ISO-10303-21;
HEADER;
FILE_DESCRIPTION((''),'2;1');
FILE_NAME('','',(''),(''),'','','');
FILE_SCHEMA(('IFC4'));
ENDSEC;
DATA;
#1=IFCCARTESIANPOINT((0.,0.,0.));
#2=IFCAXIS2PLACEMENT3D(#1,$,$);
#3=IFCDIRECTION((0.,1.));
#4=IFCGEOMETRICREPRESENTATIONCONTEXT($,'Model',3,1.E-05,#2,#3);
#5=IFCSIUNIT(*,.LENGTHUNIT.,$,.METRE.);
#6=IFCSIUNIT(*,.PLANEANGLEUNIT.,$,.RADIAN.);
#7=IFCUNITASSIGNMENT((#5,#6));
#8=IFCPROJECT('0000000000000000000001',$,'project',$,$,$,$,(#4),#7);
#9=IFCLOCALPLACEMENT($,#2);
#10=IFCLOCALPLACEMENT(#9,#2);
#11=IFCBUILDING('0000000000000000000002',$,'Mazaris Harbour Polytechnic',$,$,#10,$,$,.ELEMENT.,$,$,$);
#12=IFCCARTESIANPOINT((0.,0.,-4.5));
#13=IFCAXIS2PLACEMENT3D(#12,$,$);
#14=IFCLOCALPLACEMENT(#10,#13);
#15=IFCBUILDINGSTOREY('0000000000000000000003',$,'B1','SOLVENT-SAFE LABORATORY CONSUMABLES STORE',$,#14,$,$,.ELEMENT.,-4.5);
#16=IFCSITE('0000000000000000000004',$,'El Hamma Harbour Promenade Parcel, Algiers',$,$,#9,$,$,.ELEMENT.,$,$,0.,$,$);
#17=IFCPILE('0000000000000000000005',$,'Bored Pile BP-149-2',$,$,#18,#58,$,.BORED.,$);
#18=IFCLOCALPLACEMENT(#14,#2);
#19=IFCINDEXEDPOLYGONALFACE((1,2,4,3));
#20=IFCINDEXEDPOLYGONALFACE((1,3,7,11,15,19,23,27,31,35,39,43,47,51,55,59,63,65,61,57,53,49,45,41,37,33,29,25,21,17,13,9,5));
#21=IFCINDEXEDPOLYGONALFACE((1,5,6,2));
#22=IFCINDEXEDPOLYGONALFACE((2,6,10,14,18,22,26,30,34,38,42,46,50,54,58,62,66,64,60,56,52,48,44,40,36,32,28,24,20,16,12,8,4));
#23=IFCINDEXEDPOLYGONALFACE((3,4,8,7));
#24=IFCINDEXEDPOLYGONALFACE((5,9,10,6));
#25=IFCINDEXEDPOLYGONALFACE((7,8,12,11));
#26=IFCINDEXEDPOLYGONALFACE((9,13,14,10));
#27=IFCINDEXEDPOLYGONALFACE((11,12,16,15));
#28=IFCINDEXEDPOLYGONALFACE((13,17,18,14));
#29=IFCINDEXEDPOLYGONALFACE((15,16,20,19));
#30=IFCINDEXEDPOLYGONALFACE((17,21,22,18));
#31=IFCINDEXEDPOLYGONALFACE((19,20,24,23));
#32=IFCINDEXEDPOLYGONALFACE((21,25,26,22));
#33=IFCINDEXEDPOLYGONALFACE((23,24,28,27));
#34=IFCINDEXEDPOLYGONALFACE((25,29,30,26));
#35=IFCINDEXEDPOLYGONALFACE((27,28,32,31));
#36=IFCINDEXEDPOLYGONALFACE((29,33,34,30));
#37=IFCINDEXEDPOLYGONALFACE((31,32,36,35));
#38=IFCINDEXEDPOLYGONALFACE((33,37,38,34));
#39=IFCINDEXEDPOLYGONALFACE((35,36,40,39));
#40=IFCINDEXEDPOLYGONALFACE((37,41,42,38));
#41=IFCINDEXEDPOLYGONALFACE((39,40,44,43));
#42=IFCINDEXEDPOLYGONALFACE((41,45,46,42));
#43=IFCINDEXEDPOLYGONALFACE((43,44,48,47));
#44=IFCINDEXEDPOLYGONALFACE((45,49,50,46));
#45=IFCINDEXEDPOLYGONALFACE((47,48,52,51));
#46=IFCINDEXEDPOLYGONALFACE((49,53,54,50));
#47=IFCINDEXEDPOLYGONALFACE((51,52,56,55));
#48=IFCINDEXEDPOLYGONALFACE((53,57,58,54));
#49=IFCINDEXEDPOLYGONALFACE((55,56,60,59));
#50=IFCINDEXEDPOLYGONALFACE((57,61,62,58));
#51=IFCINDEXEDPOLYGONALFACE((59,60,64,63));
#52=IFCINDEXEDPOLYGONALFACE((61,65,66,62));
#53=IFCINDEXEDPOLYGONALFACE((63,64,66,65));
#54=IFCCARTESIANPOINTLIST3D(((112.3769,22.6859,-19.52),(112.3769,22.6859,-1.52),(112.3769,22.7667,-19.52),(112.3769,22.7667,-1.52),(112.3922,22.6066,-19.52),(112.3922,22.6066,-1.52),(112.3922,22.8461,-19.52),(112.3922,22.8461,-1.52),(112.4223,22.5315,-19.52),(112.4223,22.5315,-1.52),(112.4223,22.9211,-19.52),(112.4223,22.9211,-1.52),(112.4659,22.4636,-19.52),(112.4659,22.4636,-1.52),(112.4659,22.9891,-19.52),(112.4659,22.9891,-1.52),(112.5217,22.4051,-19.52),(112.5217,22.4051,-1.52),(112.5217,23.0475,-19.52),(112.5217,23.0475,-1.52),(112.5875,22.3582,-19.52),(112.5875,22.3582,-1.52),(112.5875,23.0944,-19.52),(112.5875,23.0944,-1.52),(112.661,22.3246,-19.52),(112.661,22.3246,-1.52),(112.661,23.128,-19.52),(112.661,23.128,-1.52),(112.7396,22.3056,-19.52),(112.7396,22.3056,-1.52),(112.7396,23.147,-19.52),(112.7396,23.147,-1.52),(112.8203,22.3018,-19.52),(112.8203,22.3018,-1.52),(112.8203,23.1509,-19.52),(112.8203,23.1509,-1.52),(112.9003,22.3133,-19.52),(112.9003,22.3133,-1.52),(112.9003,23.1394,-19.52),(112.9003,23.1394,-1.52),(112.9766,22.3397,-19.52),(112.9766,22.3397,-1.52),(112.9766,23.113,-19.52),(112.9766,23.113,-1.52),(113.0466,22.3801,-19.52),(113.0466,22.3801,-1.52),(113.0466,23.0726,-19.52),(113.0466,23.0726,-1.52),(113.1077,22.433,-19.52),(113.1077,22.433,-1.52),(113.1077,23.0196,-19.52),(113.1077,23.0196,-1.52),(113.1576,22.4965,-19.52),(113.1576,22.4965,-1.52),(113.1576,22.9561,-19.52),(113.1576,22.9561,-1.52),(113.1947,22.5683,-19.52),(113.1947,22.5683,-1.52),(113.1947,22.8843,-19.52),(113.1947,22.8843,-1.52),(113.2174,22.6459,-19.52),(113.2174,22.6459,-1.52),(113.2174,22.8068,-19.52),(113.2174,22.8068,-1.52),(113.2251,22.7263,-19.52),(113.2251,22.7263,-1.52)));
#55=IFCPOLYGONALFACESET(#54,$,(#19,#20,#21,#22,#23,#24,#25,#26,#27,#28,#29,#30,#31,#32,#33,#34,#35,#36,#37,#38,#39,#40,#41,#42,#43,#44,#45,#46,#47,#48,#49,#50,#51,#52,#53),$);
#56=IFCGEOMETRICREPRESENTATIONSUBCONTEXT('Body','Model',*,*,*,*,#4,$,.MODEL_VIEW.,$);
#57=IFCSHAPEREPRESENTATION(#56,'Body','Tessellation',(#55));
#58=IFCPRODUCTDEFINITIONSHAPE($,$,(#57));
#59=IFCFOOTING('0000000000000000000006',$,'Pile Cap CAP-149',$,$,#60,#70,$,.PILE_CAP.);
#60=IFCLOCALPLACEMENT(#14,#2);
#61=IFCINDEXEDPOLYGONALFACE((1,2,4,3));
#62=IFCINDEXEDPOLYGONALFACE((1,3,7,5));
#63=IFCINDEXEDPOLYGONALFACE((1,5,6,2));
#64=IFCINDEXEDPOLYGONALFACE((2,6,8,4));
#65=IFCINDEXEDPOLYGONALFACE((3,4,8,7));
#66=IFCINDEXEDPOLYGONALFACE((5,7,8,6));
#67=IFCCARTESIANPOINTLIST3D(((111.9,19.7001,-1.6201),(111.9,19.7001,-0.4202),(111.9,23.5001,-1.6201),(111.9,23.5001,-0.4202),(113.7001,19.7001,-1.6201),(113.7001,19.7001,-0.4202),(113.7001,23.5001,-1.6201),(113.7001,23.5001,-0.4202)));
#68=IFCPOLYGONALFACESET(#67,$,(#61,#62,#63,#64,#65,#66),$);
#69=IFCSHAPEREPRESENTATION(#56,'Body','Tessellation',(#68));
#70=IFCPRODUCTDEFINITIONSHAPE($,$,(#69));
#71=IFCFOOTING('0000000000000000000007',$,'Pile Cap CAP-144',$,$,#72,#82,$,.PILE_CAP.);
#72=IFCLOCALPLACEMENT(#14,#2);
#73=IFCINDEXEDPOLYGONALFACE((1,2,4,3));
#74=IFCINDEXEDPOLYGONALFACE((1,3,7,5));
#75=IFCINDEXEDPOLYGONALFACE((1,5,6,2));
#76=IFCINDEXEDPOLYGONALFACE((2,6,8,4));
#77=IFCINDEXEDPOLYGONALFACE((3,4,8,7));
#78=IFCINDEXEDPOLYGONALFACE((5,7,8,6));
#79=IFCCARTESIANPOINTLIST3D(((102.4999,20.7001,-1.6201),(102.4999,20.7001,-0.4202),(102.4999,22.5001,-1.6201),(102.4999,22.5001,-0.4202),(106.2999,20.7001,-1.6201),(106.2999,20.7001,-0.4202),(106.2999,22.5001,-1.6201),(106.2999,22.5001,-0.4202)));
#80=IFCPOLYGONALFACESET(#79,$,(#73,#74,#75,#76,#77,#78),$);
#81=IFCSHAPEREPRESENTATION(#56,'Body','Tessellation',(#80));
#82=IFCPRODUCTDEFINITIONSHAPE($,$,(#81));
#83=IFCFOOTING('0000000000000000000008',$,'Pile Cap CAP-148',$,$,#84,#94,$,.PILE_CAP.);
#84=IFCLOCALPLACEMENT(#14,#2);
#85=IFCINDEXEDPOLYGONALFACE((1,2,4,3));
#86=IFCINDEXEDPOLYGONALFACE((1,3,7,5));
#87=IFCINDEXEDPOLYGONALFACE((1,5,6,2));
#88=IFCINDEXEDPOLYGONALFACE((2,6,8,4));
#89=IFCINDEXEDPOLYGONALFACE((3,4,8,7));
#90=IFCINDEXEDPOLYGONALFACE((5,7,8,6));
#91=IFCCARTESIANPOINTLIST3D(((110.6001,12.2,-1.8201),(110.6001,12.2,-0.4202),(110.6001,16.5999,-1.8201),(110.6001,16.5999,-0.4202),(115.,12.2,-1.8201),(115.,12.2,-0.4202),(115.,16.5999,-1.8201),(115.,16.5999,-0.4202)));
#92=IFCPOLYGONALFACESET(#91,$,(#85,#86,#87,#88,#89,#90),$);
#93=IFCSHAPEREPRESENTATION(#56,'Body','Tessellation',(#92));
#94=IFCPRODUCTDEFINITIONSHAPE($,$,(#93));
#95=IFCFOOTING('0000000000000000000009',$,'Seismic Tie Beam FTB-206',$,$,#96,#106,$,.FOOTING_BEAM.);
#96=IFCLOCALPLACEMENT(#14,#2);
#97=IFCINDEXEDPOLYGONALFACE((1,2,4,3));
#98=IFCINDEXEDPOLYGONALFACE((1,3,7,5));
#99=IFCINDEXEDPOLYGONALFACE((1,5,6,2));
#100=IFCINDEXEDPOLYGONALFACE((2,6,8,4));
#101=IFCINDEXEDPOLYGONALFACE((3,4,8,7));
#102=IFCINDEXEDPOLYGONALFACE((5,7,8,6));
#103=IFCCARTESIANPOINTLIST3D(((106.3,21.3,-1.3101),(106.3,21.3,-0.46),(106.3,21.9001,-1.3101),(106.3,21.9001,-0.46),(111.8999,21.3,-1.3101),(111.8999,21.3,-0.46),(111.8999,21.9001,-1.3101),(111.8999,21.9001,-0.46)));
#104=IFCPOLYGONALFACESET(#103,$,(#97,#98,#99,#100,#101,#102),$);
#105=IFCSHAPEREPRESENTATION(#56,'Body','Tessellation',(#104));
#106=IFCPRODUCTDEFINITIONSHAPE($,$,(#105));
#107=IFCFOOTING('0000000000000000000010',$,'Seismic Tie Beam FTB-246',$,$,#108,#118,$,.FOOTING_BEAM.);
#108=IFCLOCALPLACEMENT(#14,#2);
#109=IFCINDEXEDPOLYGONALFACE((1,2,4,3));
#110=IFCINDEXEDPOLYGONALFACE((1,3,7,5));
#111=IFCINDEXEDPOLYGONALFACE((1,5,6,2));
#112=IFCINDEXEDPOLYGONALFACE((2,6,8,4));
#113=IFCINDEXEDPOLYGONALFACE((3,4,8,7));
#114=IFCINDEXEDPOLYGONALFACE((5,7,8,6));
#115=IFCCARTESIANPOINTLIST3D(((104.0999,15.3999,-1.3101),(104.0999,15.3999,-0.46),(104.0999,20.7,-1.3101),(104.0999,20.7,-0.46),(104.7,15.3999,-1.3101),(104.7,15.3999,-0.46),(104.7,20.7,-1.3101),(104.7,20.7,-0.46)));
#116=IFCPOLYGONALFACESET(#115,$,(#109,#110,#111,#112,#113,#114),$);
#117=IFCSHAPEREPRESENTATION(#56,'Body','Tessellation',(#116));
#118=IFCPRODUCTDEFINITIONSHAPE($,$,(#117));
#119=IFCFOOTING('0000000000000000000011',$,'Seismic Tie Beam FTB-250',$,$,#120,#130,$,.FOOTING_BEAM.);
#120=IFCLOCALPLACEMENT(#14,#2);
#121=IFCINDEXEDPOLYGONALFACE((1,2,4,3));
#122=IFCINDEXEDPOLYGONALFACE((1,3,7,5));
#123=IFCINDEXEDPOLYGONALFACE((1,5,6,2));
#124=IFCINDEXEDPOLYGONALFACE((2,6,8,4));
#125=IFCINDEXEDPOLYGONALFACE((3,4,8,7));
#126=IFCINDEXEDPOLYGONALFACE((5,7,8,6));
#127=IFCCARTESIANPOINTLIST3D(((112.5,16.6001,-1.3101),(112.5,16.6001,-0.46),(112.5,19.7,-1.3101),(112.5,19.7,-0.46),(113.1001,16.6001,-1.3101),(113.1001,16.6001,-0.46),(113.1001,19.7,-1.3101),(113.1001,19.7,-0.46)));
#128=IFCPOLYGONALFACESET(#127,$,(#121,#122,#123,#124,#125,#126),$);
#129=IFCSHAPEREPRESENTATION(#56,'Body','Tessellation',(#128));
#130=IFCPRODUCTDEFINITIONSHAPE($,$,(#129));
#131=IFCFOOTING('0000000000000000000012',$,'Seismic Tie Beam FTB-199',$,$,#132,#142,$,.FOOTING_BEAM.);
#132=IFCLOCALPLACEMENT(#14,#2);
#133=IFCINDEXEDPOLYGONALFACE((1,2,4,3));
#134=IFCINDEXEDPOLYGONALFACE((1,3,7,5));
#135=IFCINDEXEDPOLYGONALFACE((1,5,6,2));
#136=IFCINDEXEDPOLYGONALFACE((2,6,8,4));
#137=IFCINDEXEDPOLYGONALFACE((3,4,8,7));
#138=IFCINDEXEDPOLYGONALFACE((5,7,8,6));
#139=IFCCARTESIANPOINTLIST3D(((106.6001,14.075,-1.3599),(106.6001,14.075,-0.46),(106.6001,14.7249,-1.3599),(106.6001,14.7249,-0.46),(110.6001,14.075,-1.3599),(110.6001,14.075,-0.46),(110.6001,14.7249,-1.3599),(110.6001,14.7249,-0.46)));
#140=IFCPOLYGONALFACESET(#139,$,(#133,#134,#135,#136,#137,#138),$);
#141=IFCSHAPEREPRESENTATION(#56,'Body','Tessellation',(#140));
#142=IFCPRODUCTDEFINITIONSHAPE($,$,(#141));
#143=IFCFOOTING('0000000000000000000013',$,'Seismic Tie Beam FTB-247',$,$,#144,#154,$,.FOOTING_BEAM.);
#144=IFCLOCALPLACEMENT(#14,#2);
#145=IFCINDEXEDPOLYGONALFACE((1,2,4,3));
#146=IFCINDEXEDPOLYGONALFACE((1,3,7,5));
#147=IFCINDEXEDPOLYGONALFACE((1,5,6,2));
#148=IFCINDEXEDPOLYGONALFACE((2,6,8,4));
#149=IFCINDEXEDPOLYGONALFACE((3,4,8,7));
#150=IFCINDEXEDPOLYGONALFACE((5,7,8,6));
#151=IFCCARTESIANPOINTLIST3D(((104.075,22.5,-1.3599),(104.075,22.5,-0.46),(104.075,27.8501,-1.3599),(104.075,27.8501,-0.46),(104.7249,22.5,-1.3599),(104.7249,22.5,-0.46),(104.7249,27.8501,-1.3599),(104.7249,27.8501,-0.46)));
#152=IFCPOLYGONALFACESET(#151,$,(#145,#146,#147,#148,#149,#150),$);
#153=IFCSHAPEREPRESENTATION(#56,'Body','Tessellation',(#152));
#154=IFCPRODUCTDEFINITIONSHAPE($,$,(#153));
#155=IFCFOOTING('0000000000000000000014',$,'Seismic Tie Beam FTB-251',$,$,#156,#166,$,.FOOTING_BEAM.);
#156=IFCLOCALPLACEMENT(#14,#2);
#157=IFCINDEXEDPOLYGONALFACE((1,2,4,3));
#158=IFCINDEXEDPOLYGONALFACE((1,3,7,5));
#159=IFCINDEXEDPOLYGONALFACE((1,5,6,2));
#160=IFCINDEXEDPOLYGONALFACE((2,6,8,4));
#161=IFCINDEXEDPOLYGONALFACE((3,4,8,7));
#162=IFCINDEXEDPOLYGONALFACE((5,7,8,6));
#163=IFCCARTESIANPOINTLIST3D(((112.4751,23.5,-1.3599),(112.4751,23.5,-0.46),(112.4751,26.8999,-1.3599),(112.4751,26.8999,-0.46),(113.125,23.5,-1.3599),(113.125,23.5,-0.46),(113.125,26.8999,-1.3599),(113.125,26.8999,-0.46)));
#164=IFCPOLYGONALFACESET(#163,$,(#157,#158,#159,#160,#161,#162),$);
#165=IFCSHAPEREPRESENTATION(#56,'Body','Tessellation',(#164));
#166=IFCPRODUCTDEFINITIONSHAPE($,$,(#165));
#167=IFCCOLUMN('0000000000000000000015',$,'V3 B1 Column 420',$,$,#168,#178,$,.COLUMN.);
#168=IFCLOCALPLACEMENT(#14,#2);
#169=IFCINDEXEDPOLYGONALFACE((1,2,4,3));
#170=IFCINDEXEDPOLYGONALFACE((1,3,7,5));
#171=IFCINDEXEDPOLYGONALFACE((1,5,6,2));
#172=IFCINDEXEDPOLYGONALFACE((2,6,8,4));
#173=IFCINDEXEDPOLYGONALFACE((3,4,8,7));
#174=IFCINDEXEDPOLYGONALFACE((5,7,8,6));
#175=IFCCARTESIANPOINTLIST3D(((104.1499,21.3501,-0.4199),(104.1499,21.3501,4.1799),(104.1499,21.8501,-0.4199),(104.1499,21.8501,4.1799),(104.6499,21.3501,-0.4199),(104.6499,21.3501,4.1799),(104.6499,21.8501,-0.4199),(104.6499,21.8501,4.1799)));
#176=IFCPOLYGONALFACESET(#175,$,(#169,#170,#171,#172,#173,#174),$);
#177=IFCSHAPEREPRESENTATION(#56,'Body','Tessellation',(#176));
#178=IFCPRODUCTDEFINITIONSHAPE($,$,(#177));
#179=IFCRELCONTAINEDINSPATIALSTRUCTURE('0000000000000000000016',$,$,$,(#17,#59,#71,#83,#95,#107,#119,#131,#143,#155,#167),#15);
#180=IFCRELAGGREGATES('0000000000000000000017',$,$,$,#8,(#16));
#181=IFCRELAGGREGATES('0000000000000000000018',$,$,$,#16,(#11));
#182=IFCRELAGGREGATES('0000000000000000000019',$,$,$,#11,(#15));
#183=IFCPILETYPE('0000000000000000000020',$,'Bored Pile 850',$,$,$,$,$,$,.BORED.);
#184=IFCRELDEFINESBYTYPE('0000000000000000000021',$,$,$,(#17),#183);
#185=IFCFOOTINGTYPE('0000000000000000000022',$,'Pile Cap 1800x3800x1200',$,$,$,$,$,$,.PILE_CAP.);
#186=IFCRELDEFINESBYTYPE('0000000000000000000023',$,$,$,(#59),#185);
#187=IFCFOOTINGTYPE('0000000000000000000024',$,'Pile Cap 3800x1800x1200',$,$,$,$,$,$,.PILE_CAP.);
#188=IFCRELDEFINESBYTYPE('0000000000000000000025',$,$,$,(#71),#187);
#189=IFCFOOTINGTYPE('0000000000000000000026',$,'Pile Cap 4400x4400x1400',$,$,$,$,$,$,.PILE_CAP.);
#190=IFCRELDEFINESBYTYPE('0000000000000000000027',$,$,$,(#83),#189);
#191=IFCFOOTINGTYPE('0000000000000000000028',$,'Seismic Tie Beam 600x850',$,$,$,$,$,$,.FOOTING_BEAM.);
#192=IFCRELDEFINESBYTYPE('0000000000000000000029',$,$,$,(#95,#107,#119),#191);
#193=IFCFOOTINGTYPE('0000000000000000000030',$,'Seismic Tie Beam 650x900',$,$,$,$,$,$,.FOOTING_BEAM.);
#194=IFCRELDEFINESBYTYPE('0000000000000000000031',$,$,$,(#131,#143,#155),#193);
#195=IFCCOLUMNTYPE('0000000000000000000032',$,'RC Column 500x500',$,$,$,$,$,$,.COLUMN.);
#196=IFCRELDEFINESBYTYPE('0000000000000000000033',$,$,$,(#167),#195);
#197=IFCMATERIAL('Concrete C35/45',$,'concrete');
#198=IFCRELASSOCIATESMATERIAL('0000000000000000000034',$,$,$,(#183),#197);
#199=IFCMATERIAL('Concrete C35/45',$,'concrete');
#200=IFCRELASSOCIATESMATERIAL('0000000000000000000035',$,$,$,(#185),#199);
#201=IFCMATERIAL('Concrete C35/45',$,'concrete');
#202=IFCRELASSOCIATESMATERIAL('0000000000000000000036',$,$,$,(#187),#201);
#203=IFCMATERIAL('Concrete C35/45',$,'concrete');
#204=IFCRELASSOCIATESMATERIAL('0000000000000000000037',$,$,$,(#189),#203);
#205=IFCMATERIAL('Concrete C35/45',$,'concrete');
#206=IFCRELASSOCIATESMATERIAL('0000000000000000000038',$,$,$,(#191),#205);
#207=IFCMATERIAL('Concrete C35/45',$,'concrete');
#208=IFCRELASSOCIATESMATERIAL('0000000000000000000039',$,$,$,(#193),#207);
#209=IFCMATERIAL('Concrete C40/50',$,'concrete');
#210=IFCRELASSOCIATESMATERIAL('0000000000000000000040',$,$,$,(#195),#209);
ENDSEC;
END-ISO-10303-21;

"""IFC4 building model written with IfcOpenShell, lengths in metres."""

from ifc_helpers import new_model, si_unit, direction, frame, origin, origin_2d, place, context, subcontext, project, spatial, rectangle, circle, extrude, material, material_profile, profile_set, type_object, element, save


model = new_model("IFC4")

# Units and contexts
model_context = context("Model", 3, precision=1e-05, world=origin(), true_north=direction((0.0, 1.0)))
body_context = subcontext(model_context, "Body", "Model", "MODEL_VIEW")
ifc_project = project(units=[si_unit("LENGTHUNIT", "METRE"), si_unit("PLANEANGLEUNIT", "RADIAN")], contexts=[model_context])

# Site, building, storey
site_placement = place(None, origin())
site = spatial("IfcSite", under=ifc_project, at=site_placement, Name="El Hamma Harbour Promenade Parcel, Algiers", CompositionType="ELEMENT", RefElevation=0.0)
building_placement = place(site_placement, origin())
building = spatial("IfcBuilding", under=site, at=building_placement, Name="Mazaris Harbour Polytechnic", CompositionType="ELEMENT")
storey_placement = place(building_placement, frame((0.0, 0.0, -4.5)))
storey = spatial("IfcBuildingStorey", under=building, at=storey_placement, Name="B1", Description="SOLVENT-SAFE LABORATORY CONSUMABLES STORE", CompositionType="ELEMENT", Elevation=-4.5)

# Pile
ifc_material_1 = material(Name="Concrete C35/45", Category="concrete")
ifc_material_profile_1 = material_profile(ifc_material_1, circle(Radius=0.425, at=origin_2d()), Name="DIA850")
ifc_profile_set_1 = profile_set([ifc_material_profile_1], Name="Concrete C35/45")
pile_type_1 = type_object("IfcPileType", Name="Bored Pile 850", PredefinedType="BORED", material=ifc_profile_set_1)
for number, where, z_axis, x_axis, name in (
    (1, (112.8, 22.7263, -1.52), (0.0, 0.0, -1.0), (1.0, 0.0, 0.0), "Bored Pile BP-149-2"),
):
    element("IfcPile", number, at=place(storey_placement, frame(where, z_axis=z_axis, x_axis=x_axis)), inside=storey, type_object=pile_type_1, Name=name, PredefinedType="BORED", context=body_context, shape_type="SweptSolid", body=[
        extrude(circle(Radius=0.425, at=origin_2d()), origin(), (0.0, 0.0, 1.0), 18.0),
    ])

# Footings
ifc_material_2 = material(Name="Concrete C35/45", Category="concrete")
footing_type_1 = type_object("IfcFootingType", Name="Pile Cap 1800x3800x1200", PredefinedType="PILE_CAP", material=ifc_material_2)
footing_1_placement = place(storey_placement, frame((112.8, 21.6001, -1.6201), z_axis=(0.0, 0.0, 1.0), x_axis=(1.0, 0.0, 0.0)))
element("IfcFooting", 2, at=footing_1_placement, inside=storey, type_object=footing_type_1, Name="Pile Cap CAP-149", PredefinedType="PILE_CAP", context=body_context, shape_type="SweptSolid", body=[
    extrude(rectangle(XDim=1.8, YDim=3.8, at=origin_2d()), origin(), (0.0, 0.0, 1.0), 1.2),
])
ifc_material_3 = material(Name="Concrete C35/45", Category="concrete")
footing_type_2 = type_object("IfcFootingType", Name="Pile Cap 3800x1800x1200", PredefinedType="PILE_CAP", material=ifc_material_3)
footing_2_placement = place(storey_placement, frame((104.3999, 21.6001, -1.6201), z_axis=(0.0, 0.0, 1.0), x_axis=(1.0, 0.0, 0.0)))
element("IfcFooting", 3, at=footing_2_placement, inside=storey, type_object=footing_type_2, Name="Pile Cap CAP-144", PredefinedType="PILE_CAP", context=body_context, shape_type="SweptSolid", body=[
    extrude(rectangle(XDim=3.8, YDim=1.8, at=origin_2d()), origin(), (0.0, 0.0, 1.0), 1.2),
])
ifc_material_4 = material(Name="Concrete C35/45", Category="concrete")
footing_type_3 = type_object("IfcFootingType", Name="Pile Cap 4400x4400x1400", PredefinedType="PILE_CAP", material=ifc_material_4)
footing_3_placement = place(storey_placement, frame((112.8, 14.3999, -1.8201), z_axis=(0.0, 0.0, 1.0), x_axis=(1.0, 0.0, 0.0)))
element("IfcFooting", 4, at=footing_3_placement, inside=storey, type_object=footing_type_3, Name="Pile Cap CAP-148", PredefinedType="PILE_CAP", context=body_context, shape_type="SweptSolid", body=[
    extrude(rectangle(XDim=4.3999, YDim=4.3999, at=origin_2d()), origin(), (0.0, 0.0, 1.0), 1.3999),
])
ifc_material_5 = material(Name="Concrete C35/45", Category="concrete")
ifc_material_profile_2 = material_profile(ifc_material_5, rectangle(XDim=0.6001, YDim=0.8501, at=origin_2d()), Name="RECT600x850")
ifc_profile_set_2 = profile_set([ifc_material_profile_2], Name="Concrete C35/45")
footing_type_4 = type_object("IfcFootingType", Name="Seismic Tie Beam 600x850", PredefinedType="FOOTING_BEAM", material=ifc_profile_set_2)
footing_4_placement = place(storey_placement, frame((106.3, 21.6001, -0.885), z_axis=(1.0, 0.0, 0.0), x_axis=(0.0, 1.0, 0.0)))
element("IfcFooting", 5, at=footing_4_placement, inside=storey, type_object=footing_type_4, Name="Seismic Tie Beam FTB-206", PredefinedType="FOOTING_BEAM", context=body_context, shape_type="SweptSolid", body=[
    extrude(rectangle(XDim=0.6001, YDim=0.8501, at=origin_2d()), origin(), (0.0, 0.0, 1.0), 5.5999),
])
footing_5_placement = place(storey_placement, frame((104.3999, 15.3999, -0.885), z_axis=(0.0, 1.0, 0.0), x_axis=(-1.0, 0.0, 0.0)))
element("IfcFooting", 6, at=footing_5_placement, inside=storey, type_object=footing_type_4, Name="Seismic Tie Beam FTB-246", PredefinedType="FOOTING_BEAM", context=body_context, shape_type="SweptSolid", body=[
    extrude(rectangle(XDim=0.6001, YDim=0.8501, at=origin_2d()), origin(), (0.0, 0.0, 1.0), 5.3),
])
footing_6_placement = place(storey_placement, frame((112.8, 16.6001, -0.885), z_axis=(0.0, 1.0, 0.0), x_axis=(-1.0, 0.0, 0.0)))
element("IfcFooting", 7, at=footing_6_placement, inside=storey, type_object=footing_type_4, Name="Seismic Tie Beam FTB-250", PredefinedType="FOOTING_BEAM", context=body_context, shape_type="SweptSolid", body=[
    extrude(rectangle(XDim=0.6001, YDim=0.8501, at=origin_2d()), origin(), (0.0, 0.0, 1.0), 3.0999),
])
ifc_material_6 = material(Name="Concrete C35/45", Category="concrete")
ifc_material_profile_3 = material_profile(ifc_material_6, rectangle(XDim=0.6499, YDim=0.8999, at=origin_2d()), Name="RECT650x900")
ifc_profile_set_3 = profile_set([ifc_material_profile_3], Name="Concrete C35/45")
footing_type_5 = type_object("IfcFootingType", Name="Seismic Tie Beam 650x900", PredefinedType="FOOTING_BEAM", material=ifc_profile_set_3)
footing_7_placement = place(storey_placement, frame((106.6001, 14.3999, -0.9099), z_axis=(1.0, 0.0, 0.0), x_axis=(0.0, 1.0, 0.0)))
element("IfcFooting", 8, at=footing_7_placement, inside=storey, type_object=footing_type_5, Name="Seismic Tie Beam FTB-199", PredefinedType="FOOTING_BEAM", context=body_context, shape_type="SweptSolid", body=[
    extrude(rectangle(XDim=0.6499, YDim=0.8999, at=origin_2d()), origin(), (0.0, 0.0, 1.0), 4.0),
])
footing_8_placement = place(storey_placement, frame((104.3999, 22.5, -0.9099), z_axis=(0.0, 1.0, 0.0), x_axis=(-1.0, 0.0, 0.0)))
element("IfcFooting", 9, at=footing_8_placement, inside=storey, type_object=footing_type_5, Name="Seismic Tie Beam FTB-247", PredefinedType="FOOTING_BEAM", context=body_context, shape_type="SweptSolid", body=[
    extrude(rectangle(XDim=0.6499, YDim=0.8999, at=origin_2d()), origin(), (0.0, 0.0, 1.0), 5.3501),
])
footing_9_placement = place(storey_placement, frame((112.8, 23.5, -0.9099), z_axis=(0.0, 1.0, 0.0), x_axis=(-1.0, 0.0, 0.0)))
element("IfcFooting", 10, at=footing_9_placement, inside=storey, type_object=footing_type_5, Name="Seismic Tie Beam FTB-251", PredefinedType="FOOTING_BEAM", context=body_context, shape_type="SweptSolid", body=[
    extrude(rectangle(XDim=0.6499, YDim=0.8999, at=origin_2d()), origin(), (0.0, 0.0, 1.0), 3.3999),
])

# Column
ifc_material_7 = material(Name="Concrete C40/50", Category="concrete")
ifc_material_profile_4 = material_profile(ifc_material_7, rectangle(XDim=0.5, YDim=0.5, at=origin_2d()), Name="RECT500x500")
ifc_profile_set_4 = profile_set([ifc_material_profile_4], Name="Concrete C40/50")
column_type_1 = type_object("IfcColumnType", Name="RC Column 500x500", PredefinedType="COLUMN", material=ifc_profile_set_4)
column_1_placement = place(storey_placement, frame((104.3999, 21.6001, -0.4199), z_axis=(0.0, 0.0, 1.0), x_axis=(1.0, 0.0, 0.0)))
element("IfcColumn", 11, at=column_1_placement, inside=storey, type_object=column_type_1, Name="V3 B1 Column 420", PredefinedType="COLUMN", context=body_context, shape_type="SweptSolid", body=[
    extrude(rectangle(XDim=0.5, YDim=0.5, at=origin_2d()), origin(), (0.0, 0.0, 1.0), 4.5999),
])

save(model, "model.ifc")
